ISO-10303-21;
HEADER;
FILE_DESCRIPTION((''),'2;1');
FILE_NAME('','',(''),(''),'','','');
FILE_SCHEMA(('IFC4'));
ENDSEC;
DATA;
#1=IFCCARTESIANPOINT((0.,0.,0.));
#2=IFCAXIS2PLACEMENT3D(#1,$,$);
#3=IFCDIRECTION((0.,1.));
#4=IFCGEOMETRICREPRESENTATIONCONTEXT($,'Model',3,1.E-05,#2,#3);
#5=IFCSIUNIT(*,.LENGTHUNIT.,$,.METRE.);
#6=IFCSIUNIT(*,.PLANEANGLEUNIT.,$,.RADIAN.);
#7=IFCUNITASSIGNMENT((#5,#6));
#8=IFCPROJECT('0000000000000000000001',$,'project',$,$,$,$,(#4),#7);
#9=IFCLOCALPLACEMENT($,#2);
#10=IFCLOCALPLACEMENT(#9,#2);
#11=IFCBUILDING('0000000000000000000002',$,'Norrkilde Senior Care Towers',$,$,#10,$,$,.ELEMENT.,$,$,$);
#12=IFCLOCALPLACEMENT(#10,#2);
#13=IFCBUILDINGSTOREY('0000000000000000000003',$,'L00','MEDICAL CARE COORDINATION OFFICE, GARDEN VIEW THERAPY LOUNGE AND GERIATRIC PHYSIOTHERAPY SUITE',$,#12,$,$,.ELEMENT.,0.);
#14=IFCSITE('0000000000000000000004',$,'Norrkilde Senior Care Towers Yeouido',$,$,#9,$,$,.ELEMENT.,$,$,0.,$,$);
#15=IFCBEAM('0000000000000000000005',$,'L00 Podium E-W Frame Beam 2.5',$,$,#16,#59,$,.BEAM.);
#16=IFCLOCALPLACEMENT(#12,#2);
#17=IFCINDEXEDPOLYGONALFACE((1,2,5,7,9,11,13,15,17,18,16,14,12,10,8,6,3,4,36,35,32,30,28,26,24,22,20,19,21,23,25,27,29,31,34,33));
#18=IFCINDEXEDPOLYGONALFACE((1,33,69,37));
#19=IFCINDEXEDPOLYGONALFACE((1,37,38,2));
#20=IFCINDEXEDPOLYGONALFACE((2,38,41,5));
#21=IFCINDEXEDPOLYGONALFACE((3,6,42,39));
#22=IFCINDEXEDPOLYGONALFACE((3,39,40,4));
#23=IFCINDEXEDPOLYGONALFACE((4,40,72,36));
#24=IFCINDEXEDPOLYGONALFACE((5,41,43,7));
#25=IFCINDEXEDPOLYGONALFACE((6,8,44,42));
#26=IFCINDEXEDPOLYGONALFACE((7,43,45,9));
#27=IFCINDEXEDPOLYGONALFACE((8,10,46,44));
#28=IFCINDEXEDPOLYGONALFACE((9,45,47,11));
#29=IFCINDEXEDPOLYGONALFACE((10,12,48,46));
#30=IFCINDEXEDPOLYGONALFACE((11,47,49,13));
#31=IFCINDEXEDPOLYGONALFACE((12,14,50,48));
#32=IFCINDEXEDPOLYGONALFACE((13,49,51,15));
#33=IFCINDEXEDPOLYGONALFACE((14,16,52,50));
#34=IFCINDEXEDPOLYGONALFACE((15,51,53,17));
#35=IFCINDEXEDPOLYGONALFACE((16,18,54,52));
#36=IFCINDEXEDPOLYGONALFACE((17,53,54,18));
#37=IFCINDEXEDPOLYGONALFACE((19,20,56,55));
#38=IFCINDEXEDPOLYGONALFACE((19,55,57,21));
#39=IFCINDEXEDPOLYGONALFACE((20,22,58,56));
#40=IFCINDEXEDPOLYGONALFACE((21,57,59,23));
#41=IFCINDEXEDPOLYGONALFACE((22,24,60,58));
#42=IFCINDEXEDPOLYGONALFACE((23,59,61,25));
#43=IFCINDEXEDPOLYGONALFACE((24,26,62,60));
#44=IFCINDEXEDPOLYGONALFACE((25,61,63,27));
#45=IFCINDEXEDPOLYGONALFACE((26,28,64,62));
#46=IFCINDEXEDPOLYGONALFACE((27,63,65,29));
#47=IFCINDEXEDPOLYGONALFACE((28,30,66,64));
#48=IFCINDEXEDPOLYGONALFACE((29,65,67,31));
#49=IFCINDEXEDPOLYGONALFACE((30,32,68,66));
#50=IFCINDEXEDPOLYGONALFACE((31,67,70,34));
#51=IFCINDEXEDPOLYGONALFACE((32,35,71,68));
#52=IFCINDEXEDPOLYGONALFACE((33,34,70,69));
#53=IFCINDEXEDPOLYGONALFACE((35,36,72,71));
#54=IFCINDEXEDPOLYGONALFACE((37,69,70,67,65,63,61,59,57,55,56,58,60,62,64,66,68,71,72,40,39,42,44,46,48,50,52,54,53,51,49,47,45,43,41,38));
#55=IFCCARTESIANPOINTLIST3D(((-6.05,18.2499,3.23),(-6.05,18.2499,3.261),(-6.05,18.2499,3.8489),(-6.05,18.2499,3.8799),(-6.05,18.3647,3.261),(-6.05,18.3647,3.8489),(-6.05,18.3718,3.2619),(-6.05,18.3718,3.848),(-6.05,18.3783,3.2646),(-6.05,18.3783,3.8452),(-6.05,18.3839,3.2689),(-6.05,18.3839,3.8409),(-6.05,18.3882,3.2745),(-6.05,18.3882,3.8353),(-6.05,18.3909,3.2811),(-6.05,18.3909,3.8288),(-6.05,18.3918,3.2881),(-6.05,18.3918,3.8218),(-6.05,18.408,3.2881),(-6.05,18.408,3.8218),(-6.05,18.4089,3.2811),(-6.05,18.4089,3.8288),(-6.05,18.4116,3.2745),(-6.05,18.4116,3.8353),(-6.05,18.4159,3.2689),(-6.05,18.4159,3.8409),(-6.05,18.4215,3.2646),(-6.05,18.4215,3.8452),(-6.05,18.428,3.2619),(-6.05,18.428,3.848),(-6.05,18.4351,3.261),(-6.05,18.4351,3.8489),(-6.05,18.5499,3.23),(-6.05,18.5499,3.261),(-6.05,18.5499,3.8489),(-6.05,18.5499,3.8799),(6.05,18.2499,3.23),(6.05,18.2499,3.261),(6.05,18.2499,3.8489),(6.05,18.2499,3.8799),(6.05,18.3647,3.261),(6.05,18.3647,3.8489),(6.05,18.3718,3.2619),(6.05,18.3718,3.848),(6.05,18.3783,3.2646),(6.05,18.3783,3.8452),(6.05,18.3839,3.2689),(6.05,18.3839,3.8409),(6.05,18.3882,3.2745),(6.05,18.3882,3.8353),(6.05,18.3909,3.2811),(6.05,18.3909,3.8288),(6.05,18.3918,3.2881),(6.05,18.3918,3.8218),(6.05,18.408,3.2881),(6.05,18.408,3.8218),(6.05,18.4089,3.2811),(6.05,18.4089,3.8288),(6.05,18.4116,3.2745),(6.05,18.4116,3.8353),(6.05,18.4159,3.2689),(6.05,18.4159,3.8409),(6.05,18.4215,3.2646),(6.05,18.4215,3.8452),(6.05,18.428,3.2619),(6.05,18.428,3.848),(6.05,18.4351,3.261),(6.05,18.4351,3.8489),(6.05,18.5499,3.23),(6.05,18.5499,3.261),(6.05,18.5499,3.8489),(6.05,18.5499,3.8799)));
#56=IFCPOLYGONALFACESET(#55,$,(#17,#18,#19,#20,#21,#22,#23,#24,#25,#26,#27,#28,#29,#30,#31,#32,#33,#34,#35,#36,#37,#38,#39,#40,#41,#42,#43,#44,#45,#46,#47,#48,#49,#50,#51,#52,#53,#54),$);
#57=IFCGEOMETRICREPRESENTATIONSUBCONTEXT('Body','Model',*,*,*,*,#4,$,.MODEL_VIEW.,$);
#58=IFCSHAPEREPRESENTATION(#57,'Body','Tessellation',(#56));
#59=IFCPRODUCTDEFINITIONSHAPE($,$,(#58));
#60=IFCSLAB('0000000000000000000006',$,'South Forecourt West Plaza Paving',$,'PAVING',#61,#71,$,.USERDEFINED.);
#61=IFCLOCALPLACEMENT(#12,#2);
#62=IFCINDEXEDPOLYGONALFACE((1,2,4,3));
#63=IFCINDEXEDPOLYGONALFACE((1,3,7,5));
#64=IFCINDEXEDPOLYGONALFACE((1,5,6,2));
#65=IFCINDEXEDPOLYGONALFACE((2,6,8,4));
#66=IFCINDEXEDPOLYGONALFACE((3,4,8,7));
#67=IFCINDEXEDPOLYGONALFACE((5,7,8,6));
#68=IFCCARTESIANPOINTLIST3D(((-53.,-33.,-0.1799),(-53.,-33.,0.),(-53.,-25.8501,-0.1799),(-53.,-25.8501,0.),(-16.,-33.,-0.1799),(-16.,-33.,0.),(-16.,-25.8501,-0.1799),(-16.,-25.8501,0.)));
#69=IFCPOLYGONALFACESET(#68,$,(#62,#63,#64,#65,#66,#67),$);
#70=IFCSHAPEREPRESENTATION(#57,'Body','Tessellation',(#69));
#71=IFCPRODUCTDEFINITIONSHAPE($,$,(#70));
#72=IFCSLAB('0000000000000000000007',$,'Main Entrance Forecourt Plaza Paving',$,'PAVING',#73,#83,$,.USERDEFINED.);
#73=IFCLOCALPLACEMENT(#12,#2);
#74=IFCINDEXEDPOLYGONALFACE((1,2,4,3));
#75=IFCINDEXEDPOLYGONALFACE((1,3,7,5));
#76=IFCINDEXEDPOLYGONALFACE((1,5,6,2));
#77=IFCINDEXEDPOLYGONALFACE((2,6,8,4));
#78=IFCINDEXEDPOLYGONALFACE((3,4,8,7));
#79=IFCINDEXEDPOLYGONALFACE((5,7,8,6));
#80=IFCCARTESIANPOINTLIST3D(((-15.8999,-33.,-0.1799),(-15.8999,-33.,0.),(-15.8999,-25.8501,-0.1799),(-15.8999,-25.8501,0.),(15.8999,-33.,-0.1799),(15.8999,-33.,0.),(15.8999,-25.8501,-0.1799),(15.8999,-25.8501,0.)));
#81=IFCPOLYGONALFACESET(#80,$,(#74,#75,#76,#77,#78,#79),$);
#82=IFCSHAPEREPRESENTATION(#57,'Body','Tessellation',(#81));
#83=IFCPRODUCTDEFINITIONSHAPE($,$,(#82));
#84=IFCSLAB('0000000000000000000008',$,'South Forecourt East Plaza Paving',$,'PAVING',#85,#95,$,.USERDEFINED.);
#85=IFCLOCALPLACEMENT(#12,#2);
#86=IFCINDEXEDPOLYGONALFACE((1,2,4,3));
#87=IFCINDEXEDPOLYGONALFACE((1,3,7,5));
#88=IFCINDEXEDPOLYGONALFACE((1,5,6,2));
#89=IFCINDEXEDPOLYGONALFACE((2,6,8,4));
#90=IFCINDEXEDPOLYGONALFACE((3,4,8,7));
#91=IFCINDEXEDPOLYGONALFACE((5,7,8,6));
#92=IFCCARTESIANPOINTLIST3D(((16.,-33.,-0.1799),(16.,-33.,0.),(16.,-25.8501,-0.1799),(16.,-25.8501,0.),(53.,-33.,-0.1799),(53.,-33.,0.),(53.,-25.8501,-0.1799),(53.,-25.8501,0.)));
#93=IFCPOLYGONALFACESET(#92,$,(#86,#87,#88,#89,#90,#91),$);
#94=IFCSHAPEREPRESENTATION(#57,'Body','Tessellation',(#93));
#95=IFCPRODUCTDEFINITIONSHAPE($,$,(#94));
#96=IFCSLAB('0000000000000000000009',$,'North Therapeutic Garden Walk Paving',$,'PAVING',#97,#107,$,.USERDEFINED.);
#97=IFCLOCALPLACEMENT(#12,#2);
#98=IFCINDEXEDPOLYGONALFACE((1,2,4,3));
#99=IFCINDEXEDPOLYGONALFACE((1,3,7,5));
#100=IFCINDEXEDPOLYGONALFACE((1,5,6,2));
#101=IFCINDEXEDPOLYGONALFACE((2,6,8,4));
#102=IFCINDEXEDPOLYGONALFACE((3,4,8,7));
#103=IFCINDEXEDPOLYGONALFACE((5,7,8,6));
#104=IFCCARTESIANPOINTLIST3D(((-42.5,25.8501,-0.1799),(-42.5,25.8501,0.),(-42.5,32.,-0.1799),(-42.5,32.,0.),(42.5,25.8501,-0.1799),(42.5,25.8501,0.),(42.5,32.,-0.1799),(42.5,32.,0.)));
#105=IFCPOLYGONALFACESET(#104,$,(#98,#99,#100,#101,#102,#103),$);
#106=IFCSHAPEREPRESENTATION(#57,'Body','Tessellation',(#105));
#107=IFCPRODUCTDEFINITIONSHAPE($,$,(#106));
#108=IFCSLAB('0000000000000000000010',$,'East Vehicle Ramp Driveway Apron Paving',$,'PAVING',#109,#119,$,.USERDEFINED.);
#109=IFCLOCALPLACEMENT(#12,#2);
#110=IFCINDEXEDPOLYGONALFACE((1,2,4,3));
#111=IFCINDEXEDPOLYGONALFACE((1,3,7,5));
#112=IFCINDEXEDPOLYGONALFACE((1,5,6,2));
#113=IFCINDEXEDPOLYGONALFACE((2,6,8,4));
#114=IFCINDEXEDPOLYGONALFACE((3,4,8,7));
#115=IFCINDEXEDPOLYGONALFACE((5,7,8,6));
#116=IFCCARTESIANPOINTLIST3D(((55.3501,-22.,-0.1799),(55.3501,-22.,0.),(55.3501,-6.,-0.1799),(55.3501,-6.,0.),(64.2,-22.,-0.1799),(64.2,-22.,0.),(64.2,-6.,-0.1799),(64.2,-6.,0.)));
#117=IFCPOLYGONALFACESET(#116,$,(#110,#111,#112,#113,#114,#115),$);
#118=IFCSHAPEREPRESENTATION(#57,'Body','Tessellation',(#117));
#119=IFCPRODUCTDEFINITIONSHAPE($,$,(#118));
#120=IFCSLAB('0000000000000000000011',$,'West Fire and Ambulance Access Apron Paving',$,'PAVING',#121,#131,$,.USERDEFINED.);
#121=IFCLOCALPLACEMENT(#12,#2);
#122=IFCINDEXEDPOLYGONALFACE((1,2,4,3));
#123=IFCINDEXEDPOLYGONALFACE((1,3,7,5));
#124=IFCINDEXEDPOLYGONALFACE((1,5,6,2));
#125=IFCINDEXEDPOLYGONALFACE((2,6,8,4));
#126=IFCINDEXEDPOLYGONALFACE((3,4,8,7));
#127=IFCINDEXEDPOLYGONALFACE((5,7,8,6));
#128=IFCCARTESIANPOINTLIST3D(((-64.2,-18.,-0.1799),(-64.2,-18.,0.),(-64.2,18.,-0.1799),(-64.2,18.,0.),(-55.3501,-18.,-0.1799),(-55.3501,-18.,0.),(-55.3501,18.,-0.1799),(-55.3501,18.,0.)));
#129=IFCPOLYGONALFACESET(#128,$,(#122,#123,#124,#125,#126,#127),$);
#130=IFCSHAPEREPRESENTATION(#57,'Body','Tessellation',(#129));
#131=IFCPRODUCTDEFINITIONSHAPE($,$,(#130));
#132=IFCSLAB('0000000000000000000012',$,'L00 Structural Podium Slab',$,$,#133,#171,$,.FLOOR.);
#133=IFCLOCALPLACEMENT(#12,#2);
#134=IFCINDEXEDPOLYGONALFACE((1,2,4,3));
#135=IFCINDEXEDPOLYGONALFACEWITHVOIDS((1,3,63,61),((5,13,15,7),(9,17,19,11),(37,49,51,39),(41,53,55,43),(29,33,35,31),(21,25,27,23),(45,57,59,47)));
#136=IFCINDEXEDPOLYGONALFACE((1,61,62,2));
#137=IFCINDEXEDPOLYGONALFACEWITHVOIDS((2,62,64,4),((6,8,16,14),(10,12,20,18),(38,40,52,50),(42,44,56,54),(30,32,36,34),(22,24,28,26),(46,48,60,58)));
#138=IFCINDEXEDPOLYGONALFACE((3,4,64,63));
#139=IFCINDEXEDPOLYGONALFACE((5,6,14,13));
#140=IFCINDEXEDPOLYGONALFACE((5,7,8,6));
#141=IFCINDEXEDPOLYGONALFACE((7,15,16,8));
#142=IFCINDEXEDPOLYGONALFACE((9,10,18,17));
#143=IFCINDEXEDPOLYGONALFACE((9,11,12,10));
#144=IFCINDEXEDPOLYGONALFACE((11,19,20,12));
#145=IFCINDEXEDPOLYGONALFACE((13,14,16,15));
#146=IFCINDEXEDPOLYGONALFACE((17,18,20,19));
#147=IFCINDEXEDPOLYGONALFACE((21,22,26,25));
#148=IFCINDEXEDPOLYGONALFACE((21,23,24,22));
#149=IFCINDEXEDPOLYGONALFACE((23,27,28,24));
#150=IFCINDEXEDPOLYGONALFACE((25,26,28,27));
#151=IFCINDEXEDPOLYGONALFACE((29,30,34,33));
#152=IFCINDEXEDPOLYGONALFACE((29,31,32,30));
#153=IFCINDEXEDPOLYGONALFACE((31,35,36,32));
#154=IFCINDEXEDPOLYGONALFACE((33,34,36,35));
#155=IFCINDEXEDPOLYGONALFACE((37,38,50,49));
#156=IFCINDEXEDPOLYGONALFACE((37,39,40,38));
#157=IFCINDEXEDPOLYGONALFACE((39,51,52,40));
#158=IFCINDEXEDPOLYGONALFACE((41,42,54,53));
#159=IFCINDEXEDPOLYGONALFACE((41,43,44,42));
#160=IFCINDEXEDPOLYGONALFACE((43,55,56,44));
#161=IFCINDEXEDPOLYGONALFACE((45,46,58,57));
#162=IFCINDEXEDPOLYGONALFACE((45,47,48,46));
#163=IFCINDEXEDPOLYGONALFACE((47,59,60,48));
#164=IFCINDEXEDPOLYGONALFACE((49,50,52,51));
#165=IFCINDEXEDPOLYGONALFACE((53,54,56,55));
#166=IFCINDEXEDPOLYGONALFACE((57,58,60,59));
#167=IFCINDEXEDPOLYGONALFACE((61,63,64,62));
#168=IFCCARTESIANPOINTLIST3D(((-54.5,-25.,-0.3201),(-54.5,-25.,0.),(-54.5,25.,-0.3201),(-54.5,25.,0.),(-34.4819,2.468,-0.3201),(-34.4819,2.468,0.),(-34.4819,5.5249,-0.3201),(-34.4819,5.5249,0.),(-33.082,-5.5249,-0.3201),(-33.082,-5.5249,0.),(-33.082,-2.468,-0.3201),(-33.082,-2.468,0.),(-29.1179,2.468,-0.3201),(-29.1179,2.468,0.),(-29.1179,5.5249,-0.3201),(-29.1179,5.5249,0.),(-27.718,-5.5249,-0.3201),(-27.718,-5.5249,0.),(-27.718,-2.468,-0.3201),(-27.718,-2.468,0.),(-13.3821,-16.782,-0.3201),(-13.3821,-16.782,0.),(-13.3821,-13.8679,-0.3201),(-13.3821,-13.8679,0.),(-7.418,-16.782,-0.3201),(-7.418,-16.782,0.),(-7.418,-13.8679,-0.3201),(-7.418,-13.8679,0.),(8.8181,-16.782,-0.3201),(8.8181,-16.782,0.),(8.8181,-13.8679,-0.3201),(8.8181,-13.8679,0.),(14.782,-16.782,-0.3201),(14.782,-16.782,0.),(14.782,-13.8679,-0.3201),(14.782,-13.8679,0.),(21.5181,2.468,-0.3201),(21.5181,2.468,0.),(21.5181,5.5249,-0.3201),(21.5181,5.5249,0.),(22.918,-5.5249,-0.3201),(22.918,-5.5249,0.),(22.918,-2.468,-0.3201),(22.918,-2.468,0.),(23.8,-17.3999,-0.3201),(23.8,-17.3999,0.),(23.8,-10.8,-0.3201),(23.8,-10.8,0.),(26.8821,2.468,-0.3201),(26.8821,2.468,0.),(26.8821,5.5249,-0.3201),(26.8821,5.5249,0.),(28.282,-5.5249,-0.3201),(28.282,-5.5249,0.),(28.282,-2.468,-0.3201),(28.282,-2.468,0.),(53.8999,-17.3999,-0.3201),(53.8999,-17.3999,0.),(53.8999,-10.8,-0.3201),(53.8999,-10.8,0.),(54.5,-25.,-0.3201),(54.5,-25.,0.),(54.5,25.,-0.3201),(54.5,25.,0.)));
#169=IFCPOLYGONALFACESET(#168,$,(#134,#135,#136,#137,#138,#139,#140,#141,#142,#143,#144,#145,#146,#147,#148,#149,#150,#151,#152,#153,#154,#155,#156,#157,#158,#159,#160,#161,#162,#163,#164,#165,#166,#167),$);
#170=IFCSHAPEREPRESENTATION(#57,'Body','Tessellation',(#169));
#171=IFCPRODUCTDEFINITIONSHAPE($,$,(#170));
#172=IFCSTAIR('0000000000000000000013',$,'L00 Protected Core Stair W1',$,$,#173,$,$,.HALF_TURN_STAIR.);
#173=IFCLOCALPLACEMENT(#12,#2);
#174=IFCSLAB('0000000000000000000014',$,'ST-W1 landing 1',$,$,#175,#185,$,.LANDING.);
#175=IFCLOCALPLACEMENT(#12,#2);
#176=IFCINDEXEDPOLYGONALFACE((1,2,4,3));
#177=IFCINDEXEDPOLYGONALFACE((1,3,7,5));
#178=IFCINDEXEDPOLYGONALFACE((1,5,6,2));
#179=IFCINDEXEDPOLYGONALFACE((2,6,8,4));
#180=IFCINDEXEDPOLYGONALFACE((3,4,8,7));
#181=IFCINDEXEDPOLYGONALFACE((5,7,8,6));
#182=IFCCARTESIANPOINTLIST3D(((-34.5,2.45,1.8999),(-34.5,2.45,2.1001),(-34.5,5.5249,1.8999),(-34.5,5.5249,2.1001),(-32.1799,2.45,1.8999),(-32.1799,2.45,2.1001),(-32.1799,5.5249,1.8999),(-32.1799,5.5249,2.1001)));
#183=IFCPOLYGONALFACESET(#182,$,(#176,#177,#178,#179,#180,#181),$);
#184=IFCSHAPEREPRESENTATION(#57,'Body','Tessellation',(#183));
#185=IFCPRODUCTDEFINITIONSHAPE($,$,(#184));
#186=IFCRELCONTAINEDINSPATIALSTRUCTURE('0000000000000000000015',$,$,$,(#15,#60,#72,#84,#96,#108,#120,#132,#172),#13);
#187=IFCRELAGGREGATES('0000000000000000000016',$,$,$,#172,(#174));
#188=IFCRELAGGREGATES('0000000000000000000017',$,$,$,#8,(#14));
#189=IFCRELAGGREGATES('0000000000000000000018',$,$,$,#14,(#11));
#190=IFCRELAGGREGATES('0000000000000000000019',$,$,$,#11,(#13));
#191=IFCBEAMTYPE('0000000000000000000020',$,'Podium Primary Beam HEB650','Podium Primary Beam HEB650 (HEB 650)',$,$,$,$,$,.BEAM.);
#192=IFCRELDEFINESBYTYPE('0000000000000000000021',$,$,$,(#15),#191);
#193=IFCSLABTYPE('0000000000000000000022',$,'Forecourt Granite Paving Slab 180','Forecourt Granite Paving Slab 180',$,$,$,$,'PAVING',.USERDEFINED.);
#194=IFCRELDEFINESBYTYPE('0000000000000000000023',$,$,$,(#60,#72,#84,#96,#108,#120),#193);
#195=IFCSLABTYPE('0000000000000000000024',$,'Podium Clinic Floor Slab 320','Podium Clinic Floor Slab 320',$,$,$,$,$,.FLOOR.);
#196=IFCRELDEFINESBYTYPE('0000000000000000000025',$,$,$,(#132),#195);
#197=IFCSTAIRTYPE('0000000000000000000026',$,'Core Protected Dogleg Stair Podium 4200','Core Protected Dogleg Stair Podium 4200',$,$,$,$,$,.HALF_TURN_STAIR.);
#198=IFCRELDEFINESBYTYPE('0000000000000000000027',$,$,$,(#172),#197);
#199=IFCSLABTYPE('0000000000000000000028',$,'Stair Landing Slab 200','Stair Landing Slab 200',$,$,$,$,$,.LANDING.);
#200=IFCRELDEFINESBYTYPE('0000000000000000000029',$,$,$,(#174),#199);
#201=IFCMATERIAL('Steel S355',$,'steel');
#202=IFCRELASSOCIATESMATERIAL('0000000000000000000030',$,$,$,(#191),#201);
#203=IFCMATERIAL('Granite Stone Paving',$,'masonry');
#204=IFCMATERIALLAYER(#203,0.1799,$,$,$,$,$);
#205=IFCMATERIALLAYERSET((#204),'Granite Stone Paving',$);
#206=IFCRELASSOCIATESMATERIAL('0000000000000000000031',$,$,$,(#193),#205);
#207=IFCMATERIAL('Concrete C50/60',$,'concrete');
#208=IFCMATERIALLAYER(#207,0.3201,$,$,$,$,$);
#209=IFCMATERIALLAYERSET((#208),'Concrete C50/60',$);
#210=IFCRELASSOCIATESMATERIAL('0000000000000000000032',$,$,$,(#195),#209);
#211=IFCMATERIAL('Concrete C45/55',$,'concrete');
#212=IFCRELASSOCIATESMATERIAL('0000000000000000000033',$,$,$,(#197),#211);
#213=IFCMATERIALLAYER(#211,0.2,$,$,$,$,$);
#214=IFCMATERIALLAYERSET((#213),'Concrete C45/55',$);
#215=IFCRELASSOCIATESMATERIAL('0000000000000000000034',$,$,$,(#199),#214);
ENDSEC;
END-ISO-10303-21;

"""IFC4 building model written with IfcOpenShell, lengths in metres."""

from ifc_helpers import new_model, si_unit, direction, frame, origin, origin_2d, place, context, subcontext, project, spatial, polyline, i_section, outline, extrude, source, transform, mapped, material, layer, layer_set, material_profile, profile_set, type_object, type_shapes, element, aggregate, save


model = new_model("IFC4")

# Units and contexts
model_context = context("Model", 3, precision=1e-05, world=origin(), true_north=direction((0.0, 1.0)))
body_context = subcontext(model_context, "Body", "Model", "MODEL_VIEW")
ifc_project = project(units=[si_unit("LENGTHUNIT", "METRE"), si_unit("PLANEANGLEUNIT", "RADIAN")], contexts=[model_context])

# Site, building, storey
site_placement = place(None, origin())
site = spatial("IfcSite", under=ifc_project, at=site_placement, Name="Norrkilde Senior Care Towers Yeouido", CompositionType="ELEMENT", RefElevation=0.0)
building_placement = place(site_placement, origin())
building = spatial("IfcBuilding", under=site, at=building_placement, Name="Norrkilde Senior Care Towers", CompositionType="ELEMENT")
storey_placement = place(building_placement, origin())
storey = spatial("IfcBuildingStorey", under=building, at=storey_placement, Name="L00", Description="MEDICAL CARE COORDINATION OFFICE, GARDEN VIEW THERAPY LOUNGE AND GERIATRIC PHYSIOTHERAPY SUITE", CompositionType="ELEMENT", Elevation=0.0)

# Shared definitions
ifc_material_1 = material(Name="Concrete C45/55", Category="concrete")

# Beam
ifc_material_2 = material(Name="Steel S355", Category="steel")
ifc_material_profile_1 = material_profile(ifc_material_2, i_section(OverallWidth=0.3, OverallDepth=0.6499, WebThickness=0.0161, FlangeThickness=0.031, FilletRadius=0.0271, at=origin_2d()), Name="HEB 650")
ifc_profile_set_1 = profile_set([ifc_material_profile_1], Name="Steel S355")
beam_type_1 = type_object("IfcBeamType", Name="Podium Primary Beam HEB650", Description="Podium Primary Beam HEB650 (HEB 650)", PredefinedType="BEAM", material=ifc_profile_set_1)
shared_shape_1 = source(origin(), body_context, "Body", "SweptSolid", [
    extrude(i_section(OverallWidth=0.3, OverallDepth=0.6499, WebThickness=0.0161, FlangeThickness=0.031, FilletRadius=0.0271, at=origin_2d()), origin(), (0.0, 0.0, 1.0), 12.1001),
])
type_shapes(beam_type_1, [shared_shape_1])
beam_1_placement = place(storey_placement, frame((-6.05, 18.3999, 3.5549), z_axis=(1.0, 0.0, 0.0), x_axis=(0.0, 1.0, 0.0)))
element("IfcBeam", 1, at=beam_1_placement, inside=storey, type_object=beam_type_1, Name="L00 Podium E-W Frame Beam 2.5", PredefinedType="BEAM", context=body_context, shape_type="MappedRepresentation", body=[
    mapped(shared_shape_1, transform((0.0, 0.0, 0.0), x_axis=(1.0, 0.0, 0.0), y_axis=(0.0, 1.0, 0.0), z_axis=(0.0, 0.0, 1.0), scale=1.0)),
])

# Slabs
ifc_material_3 = material(Name="Granite Stone Paving", Category="masonry")
ifc_layer_1 = layer(ifc_material_3, 0.1799)
ifc_layer_set_1 = layer_set([ifc_layer_1], Name="Granite Stone Paving")
slab_type_1 = type_object("IfcSlabType", Name="Forecourt Granite Paving Slab 180", Description="Forecourt Granite Paving Slab 180", ElementType="PAVING", PredefinedType="USERDEFINED", material=ifc_layer_set_1)
slab_1_placement = place(storey_placement, frame((0.0, 0.0, -0.1799)))
element("IfcSlab", 2, at=slab_1_placement, inside=storey, type_object=slab_type_1, Name="South Forecourt West Plaza Paving", ObjectType="PAVING", PredefinedType="USERDEFINED", context=body_context, shape_type="SweptSolid", body=[
    extrude(outline(polyline([(-53.0, -33.0), (-16.0, -33.0), (-16.0, -25.8501), (-53.0, -25.8501), (-53.0, -33.0)])), origin(), (0.0, 0.0, 1.0), 0.1799),
])
slab_2_placement = place(storey_placement, frame((0.0, 0.0, -0.1799)))
element("IfcSlab", 3, at=slab_2_placement, inside=storey, type_object=slab_type_1, Name="Main Entrance Forecourt Plaza Paving", ObjectType="PAVING", PredefinedType="USERDEFINED", context=body_context, shape_type="SweptSolid", body=[
    extrude(outline(polyline([(-15.8999, -33.0), (15.8999, -33.0), (15.8999, -25.8501), (-15.8999, -25.8501), (-15.8999, -33.0)])), origin(), (0.0, 0.0, 1.0), 0.1799),
])
slab_3_placement = place(storey_placement, frame((0.0, 0.0, -0.1799)))
element("IfcSlab", 4, at=slab_3_placement, inside=storey, type_object=slab_type_1, Name="South Forecourt East Plaza Paving", ObjectType="PAVING", PredefinedType="USERDEFINED", context=body_context, shape_type="SweptSolid", body=[
    extrude(outline(polyline([(16.0, -33.0), (53.0, -33.0), (53.0, -25.8501), (16.0, -25.8501), (16.0, -33.0)])), origin(), (0.0, 0.0, 1.0), 0.1799),
])
slab_4_placement = place(storey_placement, frame((0.0, 0.0, -0.1799)))
element("IfcSlab", 5, at=slab_4_placement, inside=storey, type_object=slab_type_1, Name="North Therapeutic Garden Walk Paving", ObjectType="PAVING", PredefinedType="USERDEFINED", context=body_context, shape_type="SweptSolid", body=[
    extrude(outline(polyline([(-42.5, 25.8501), (42.5, 25.8501), (42.5, 32.0), (-42.5, 32.0), (-42.5, 25.8501)])), origin(), (0.0, 0.0, 1.0), 0.1799),
])
slab_5_placement = place(storey_placement, frame((0.0, 0.0, -0.1799)))
element("IfcSlab", 6, at=slab_5_placement, inside=storey, type_object=slab_type_1, Name="East Vehicle Ramp Driveway Apron Paving", ObjectType="PAVING", PredefinedType="USERDEFINED", context=body_context, shape_type="SweptSolid", body=[
    extrude(outline(polyline([(55.3501, -22.0), (64.2, -22.0), (64.2, -6.0), (55.3501, -6.0), (55.3501, -22.0)])), origin(), (0.0, 0.0, 1.0), 0.1799),
])
slab_6_placement = place(storey_placement, frame((0.0, 0.0, -0.1799)))
element("IfcSlab", 7, at=slab_6_placement, inside=storey, type_object=slab_type_1, Name="West Fire and Ambulance Access Apron Paving", ObjectType="PAVING", PredefinedType="USERDEFINED", context=body_context, shape_type="SweptSolid", body=[
    extrude(outline(polyline([(-64.2, -18.0), (-55.3501, -18.0), (-55.3501, 18.0), (-64.2, 18.0), (-64.2, -18.0)])), origin(), (0.0, 0.0, 1.0), 0.1799),
])
ifc_material_4 = material(Name="Concrete C50/60", Category="concrete")
ifc_layer_2 = layer(ifc_material_4, 0.3201)
ifc_layer_set_2 = layer_set([ifc_layer_2], Name="Concrete C50/60")
slab_type_2 = type_object("IfcSlabType", Name="Podium Clinic Floor Slab 320", Description="Podium Clinic Floor Slab 320", PredefinedType="FLOOR", material=ifc_layer_set_2)
slab_7_placement = place(storey_placement, frame((0.0, 0.0, -0.3201)))
element("IfcSlab", 8, at=slab_7_placement, inside=storey, type_object=slab_type_2, Name="L00 Structural Podium Slab", PredefinedType="FLOOR", context=body_context, shape_type="SweptSolid", body=[
    extrude(outline(polyline([(54.5, 25.0), (54.5, -25.0), (-54.5, -25.0), (-54.5, 25.0), (54.5, 25.0)]), holes=[polyline([(-29.1179, 2.468), (-29.1179, 5.5249), (-34.4819, 5.5249), (-34.4819, 2.468), (-29.1179, 2.468)]), polyline([(-27.718, -2.468), (-33.082, -2.468), (-33.082, -5.5249), (-27.718, -5.5249), (-27.718, -2.468)]), polyline([(21.5181, 5.5249), (21.5181, 2.468), (26.8821, 2.468), (26.8821, 5.5249), (21.5181, 5.5249)]), polyline([(22.918, -5.5249), (28.282, -5.5249), (28.282, -2.468), (22.918, -2.468), (22.918, -5.5249)]), polyline([(-13.3821, -13.8679), (-13.3821, -16.782), (-7.418, -16.782), (-7.418, -13.8679), (-13.3821, -13.8679)]), polyline([(14.782, -13.8679), (8.8181, -13.8679), (8.8181, -16.782), (14.782, -16.782), (14.782, -13.8679)]), polyline([(53.8999, -17.3999), (53.8999, -10.8), (23.8, -10.8), (23.8, -17.3999), (53.8999, -17.3999)])]), origin(), (0.0, 0.0, 1.0), 0.3201),
])

# Stair, slab
stair_type = type_object("IfcStairType", Name="Core Protected Dogleg Stair Podium 4200", Description="Core Protected Dogleg Stair Podium 4200", PredefinedType="HALF_TURN_STAIR", material=ifc_material_1)
stair_1_placement = place(storey_placement, origin())
stair_1 = element("IfcStair", 9, at=stair_1_placement, inside=storey, type_object=stair_type, Name="L00 Protected Core Stair W1", PredefinedType="HALF_TURN_STAIR")
ifc_layer_3 = layer(ifc_material_1, 0.2)
ifc_layer_set_3 = layer_set([ifc_layer_3], Name="Concrete C45/55")
slab_type_3 = type_object("IfcSlabType", Name="Stair Landing Slab 200", Description="Stair Landing Slab 200", PredefinedType="LANDING", material=ifc_layer_set_3)
slab_8_placement = place(storey_placement, frame((0.0, 0.0, 1.8999)))
slab_8 = element("IfcSlab", 10, at=slab_8_placement, type_object=slab_type_3, Name="ST-W1 landing 1", PredefinedType="LANDING", context=body_context, shape_type="SweptSolid", body=[
    extrude(outline(polyline([(-32.1799, 5.5249), (-34.5, 5.5249), (-34.5, 2.45), (-32.1799, 2.45), (-32.1799, 5.5249)])), origin(), (0.0, 0.0, 1.0), 0.2002),
])
aggregate(stair_1, [slab_8])

save(model, "model.ifc")
